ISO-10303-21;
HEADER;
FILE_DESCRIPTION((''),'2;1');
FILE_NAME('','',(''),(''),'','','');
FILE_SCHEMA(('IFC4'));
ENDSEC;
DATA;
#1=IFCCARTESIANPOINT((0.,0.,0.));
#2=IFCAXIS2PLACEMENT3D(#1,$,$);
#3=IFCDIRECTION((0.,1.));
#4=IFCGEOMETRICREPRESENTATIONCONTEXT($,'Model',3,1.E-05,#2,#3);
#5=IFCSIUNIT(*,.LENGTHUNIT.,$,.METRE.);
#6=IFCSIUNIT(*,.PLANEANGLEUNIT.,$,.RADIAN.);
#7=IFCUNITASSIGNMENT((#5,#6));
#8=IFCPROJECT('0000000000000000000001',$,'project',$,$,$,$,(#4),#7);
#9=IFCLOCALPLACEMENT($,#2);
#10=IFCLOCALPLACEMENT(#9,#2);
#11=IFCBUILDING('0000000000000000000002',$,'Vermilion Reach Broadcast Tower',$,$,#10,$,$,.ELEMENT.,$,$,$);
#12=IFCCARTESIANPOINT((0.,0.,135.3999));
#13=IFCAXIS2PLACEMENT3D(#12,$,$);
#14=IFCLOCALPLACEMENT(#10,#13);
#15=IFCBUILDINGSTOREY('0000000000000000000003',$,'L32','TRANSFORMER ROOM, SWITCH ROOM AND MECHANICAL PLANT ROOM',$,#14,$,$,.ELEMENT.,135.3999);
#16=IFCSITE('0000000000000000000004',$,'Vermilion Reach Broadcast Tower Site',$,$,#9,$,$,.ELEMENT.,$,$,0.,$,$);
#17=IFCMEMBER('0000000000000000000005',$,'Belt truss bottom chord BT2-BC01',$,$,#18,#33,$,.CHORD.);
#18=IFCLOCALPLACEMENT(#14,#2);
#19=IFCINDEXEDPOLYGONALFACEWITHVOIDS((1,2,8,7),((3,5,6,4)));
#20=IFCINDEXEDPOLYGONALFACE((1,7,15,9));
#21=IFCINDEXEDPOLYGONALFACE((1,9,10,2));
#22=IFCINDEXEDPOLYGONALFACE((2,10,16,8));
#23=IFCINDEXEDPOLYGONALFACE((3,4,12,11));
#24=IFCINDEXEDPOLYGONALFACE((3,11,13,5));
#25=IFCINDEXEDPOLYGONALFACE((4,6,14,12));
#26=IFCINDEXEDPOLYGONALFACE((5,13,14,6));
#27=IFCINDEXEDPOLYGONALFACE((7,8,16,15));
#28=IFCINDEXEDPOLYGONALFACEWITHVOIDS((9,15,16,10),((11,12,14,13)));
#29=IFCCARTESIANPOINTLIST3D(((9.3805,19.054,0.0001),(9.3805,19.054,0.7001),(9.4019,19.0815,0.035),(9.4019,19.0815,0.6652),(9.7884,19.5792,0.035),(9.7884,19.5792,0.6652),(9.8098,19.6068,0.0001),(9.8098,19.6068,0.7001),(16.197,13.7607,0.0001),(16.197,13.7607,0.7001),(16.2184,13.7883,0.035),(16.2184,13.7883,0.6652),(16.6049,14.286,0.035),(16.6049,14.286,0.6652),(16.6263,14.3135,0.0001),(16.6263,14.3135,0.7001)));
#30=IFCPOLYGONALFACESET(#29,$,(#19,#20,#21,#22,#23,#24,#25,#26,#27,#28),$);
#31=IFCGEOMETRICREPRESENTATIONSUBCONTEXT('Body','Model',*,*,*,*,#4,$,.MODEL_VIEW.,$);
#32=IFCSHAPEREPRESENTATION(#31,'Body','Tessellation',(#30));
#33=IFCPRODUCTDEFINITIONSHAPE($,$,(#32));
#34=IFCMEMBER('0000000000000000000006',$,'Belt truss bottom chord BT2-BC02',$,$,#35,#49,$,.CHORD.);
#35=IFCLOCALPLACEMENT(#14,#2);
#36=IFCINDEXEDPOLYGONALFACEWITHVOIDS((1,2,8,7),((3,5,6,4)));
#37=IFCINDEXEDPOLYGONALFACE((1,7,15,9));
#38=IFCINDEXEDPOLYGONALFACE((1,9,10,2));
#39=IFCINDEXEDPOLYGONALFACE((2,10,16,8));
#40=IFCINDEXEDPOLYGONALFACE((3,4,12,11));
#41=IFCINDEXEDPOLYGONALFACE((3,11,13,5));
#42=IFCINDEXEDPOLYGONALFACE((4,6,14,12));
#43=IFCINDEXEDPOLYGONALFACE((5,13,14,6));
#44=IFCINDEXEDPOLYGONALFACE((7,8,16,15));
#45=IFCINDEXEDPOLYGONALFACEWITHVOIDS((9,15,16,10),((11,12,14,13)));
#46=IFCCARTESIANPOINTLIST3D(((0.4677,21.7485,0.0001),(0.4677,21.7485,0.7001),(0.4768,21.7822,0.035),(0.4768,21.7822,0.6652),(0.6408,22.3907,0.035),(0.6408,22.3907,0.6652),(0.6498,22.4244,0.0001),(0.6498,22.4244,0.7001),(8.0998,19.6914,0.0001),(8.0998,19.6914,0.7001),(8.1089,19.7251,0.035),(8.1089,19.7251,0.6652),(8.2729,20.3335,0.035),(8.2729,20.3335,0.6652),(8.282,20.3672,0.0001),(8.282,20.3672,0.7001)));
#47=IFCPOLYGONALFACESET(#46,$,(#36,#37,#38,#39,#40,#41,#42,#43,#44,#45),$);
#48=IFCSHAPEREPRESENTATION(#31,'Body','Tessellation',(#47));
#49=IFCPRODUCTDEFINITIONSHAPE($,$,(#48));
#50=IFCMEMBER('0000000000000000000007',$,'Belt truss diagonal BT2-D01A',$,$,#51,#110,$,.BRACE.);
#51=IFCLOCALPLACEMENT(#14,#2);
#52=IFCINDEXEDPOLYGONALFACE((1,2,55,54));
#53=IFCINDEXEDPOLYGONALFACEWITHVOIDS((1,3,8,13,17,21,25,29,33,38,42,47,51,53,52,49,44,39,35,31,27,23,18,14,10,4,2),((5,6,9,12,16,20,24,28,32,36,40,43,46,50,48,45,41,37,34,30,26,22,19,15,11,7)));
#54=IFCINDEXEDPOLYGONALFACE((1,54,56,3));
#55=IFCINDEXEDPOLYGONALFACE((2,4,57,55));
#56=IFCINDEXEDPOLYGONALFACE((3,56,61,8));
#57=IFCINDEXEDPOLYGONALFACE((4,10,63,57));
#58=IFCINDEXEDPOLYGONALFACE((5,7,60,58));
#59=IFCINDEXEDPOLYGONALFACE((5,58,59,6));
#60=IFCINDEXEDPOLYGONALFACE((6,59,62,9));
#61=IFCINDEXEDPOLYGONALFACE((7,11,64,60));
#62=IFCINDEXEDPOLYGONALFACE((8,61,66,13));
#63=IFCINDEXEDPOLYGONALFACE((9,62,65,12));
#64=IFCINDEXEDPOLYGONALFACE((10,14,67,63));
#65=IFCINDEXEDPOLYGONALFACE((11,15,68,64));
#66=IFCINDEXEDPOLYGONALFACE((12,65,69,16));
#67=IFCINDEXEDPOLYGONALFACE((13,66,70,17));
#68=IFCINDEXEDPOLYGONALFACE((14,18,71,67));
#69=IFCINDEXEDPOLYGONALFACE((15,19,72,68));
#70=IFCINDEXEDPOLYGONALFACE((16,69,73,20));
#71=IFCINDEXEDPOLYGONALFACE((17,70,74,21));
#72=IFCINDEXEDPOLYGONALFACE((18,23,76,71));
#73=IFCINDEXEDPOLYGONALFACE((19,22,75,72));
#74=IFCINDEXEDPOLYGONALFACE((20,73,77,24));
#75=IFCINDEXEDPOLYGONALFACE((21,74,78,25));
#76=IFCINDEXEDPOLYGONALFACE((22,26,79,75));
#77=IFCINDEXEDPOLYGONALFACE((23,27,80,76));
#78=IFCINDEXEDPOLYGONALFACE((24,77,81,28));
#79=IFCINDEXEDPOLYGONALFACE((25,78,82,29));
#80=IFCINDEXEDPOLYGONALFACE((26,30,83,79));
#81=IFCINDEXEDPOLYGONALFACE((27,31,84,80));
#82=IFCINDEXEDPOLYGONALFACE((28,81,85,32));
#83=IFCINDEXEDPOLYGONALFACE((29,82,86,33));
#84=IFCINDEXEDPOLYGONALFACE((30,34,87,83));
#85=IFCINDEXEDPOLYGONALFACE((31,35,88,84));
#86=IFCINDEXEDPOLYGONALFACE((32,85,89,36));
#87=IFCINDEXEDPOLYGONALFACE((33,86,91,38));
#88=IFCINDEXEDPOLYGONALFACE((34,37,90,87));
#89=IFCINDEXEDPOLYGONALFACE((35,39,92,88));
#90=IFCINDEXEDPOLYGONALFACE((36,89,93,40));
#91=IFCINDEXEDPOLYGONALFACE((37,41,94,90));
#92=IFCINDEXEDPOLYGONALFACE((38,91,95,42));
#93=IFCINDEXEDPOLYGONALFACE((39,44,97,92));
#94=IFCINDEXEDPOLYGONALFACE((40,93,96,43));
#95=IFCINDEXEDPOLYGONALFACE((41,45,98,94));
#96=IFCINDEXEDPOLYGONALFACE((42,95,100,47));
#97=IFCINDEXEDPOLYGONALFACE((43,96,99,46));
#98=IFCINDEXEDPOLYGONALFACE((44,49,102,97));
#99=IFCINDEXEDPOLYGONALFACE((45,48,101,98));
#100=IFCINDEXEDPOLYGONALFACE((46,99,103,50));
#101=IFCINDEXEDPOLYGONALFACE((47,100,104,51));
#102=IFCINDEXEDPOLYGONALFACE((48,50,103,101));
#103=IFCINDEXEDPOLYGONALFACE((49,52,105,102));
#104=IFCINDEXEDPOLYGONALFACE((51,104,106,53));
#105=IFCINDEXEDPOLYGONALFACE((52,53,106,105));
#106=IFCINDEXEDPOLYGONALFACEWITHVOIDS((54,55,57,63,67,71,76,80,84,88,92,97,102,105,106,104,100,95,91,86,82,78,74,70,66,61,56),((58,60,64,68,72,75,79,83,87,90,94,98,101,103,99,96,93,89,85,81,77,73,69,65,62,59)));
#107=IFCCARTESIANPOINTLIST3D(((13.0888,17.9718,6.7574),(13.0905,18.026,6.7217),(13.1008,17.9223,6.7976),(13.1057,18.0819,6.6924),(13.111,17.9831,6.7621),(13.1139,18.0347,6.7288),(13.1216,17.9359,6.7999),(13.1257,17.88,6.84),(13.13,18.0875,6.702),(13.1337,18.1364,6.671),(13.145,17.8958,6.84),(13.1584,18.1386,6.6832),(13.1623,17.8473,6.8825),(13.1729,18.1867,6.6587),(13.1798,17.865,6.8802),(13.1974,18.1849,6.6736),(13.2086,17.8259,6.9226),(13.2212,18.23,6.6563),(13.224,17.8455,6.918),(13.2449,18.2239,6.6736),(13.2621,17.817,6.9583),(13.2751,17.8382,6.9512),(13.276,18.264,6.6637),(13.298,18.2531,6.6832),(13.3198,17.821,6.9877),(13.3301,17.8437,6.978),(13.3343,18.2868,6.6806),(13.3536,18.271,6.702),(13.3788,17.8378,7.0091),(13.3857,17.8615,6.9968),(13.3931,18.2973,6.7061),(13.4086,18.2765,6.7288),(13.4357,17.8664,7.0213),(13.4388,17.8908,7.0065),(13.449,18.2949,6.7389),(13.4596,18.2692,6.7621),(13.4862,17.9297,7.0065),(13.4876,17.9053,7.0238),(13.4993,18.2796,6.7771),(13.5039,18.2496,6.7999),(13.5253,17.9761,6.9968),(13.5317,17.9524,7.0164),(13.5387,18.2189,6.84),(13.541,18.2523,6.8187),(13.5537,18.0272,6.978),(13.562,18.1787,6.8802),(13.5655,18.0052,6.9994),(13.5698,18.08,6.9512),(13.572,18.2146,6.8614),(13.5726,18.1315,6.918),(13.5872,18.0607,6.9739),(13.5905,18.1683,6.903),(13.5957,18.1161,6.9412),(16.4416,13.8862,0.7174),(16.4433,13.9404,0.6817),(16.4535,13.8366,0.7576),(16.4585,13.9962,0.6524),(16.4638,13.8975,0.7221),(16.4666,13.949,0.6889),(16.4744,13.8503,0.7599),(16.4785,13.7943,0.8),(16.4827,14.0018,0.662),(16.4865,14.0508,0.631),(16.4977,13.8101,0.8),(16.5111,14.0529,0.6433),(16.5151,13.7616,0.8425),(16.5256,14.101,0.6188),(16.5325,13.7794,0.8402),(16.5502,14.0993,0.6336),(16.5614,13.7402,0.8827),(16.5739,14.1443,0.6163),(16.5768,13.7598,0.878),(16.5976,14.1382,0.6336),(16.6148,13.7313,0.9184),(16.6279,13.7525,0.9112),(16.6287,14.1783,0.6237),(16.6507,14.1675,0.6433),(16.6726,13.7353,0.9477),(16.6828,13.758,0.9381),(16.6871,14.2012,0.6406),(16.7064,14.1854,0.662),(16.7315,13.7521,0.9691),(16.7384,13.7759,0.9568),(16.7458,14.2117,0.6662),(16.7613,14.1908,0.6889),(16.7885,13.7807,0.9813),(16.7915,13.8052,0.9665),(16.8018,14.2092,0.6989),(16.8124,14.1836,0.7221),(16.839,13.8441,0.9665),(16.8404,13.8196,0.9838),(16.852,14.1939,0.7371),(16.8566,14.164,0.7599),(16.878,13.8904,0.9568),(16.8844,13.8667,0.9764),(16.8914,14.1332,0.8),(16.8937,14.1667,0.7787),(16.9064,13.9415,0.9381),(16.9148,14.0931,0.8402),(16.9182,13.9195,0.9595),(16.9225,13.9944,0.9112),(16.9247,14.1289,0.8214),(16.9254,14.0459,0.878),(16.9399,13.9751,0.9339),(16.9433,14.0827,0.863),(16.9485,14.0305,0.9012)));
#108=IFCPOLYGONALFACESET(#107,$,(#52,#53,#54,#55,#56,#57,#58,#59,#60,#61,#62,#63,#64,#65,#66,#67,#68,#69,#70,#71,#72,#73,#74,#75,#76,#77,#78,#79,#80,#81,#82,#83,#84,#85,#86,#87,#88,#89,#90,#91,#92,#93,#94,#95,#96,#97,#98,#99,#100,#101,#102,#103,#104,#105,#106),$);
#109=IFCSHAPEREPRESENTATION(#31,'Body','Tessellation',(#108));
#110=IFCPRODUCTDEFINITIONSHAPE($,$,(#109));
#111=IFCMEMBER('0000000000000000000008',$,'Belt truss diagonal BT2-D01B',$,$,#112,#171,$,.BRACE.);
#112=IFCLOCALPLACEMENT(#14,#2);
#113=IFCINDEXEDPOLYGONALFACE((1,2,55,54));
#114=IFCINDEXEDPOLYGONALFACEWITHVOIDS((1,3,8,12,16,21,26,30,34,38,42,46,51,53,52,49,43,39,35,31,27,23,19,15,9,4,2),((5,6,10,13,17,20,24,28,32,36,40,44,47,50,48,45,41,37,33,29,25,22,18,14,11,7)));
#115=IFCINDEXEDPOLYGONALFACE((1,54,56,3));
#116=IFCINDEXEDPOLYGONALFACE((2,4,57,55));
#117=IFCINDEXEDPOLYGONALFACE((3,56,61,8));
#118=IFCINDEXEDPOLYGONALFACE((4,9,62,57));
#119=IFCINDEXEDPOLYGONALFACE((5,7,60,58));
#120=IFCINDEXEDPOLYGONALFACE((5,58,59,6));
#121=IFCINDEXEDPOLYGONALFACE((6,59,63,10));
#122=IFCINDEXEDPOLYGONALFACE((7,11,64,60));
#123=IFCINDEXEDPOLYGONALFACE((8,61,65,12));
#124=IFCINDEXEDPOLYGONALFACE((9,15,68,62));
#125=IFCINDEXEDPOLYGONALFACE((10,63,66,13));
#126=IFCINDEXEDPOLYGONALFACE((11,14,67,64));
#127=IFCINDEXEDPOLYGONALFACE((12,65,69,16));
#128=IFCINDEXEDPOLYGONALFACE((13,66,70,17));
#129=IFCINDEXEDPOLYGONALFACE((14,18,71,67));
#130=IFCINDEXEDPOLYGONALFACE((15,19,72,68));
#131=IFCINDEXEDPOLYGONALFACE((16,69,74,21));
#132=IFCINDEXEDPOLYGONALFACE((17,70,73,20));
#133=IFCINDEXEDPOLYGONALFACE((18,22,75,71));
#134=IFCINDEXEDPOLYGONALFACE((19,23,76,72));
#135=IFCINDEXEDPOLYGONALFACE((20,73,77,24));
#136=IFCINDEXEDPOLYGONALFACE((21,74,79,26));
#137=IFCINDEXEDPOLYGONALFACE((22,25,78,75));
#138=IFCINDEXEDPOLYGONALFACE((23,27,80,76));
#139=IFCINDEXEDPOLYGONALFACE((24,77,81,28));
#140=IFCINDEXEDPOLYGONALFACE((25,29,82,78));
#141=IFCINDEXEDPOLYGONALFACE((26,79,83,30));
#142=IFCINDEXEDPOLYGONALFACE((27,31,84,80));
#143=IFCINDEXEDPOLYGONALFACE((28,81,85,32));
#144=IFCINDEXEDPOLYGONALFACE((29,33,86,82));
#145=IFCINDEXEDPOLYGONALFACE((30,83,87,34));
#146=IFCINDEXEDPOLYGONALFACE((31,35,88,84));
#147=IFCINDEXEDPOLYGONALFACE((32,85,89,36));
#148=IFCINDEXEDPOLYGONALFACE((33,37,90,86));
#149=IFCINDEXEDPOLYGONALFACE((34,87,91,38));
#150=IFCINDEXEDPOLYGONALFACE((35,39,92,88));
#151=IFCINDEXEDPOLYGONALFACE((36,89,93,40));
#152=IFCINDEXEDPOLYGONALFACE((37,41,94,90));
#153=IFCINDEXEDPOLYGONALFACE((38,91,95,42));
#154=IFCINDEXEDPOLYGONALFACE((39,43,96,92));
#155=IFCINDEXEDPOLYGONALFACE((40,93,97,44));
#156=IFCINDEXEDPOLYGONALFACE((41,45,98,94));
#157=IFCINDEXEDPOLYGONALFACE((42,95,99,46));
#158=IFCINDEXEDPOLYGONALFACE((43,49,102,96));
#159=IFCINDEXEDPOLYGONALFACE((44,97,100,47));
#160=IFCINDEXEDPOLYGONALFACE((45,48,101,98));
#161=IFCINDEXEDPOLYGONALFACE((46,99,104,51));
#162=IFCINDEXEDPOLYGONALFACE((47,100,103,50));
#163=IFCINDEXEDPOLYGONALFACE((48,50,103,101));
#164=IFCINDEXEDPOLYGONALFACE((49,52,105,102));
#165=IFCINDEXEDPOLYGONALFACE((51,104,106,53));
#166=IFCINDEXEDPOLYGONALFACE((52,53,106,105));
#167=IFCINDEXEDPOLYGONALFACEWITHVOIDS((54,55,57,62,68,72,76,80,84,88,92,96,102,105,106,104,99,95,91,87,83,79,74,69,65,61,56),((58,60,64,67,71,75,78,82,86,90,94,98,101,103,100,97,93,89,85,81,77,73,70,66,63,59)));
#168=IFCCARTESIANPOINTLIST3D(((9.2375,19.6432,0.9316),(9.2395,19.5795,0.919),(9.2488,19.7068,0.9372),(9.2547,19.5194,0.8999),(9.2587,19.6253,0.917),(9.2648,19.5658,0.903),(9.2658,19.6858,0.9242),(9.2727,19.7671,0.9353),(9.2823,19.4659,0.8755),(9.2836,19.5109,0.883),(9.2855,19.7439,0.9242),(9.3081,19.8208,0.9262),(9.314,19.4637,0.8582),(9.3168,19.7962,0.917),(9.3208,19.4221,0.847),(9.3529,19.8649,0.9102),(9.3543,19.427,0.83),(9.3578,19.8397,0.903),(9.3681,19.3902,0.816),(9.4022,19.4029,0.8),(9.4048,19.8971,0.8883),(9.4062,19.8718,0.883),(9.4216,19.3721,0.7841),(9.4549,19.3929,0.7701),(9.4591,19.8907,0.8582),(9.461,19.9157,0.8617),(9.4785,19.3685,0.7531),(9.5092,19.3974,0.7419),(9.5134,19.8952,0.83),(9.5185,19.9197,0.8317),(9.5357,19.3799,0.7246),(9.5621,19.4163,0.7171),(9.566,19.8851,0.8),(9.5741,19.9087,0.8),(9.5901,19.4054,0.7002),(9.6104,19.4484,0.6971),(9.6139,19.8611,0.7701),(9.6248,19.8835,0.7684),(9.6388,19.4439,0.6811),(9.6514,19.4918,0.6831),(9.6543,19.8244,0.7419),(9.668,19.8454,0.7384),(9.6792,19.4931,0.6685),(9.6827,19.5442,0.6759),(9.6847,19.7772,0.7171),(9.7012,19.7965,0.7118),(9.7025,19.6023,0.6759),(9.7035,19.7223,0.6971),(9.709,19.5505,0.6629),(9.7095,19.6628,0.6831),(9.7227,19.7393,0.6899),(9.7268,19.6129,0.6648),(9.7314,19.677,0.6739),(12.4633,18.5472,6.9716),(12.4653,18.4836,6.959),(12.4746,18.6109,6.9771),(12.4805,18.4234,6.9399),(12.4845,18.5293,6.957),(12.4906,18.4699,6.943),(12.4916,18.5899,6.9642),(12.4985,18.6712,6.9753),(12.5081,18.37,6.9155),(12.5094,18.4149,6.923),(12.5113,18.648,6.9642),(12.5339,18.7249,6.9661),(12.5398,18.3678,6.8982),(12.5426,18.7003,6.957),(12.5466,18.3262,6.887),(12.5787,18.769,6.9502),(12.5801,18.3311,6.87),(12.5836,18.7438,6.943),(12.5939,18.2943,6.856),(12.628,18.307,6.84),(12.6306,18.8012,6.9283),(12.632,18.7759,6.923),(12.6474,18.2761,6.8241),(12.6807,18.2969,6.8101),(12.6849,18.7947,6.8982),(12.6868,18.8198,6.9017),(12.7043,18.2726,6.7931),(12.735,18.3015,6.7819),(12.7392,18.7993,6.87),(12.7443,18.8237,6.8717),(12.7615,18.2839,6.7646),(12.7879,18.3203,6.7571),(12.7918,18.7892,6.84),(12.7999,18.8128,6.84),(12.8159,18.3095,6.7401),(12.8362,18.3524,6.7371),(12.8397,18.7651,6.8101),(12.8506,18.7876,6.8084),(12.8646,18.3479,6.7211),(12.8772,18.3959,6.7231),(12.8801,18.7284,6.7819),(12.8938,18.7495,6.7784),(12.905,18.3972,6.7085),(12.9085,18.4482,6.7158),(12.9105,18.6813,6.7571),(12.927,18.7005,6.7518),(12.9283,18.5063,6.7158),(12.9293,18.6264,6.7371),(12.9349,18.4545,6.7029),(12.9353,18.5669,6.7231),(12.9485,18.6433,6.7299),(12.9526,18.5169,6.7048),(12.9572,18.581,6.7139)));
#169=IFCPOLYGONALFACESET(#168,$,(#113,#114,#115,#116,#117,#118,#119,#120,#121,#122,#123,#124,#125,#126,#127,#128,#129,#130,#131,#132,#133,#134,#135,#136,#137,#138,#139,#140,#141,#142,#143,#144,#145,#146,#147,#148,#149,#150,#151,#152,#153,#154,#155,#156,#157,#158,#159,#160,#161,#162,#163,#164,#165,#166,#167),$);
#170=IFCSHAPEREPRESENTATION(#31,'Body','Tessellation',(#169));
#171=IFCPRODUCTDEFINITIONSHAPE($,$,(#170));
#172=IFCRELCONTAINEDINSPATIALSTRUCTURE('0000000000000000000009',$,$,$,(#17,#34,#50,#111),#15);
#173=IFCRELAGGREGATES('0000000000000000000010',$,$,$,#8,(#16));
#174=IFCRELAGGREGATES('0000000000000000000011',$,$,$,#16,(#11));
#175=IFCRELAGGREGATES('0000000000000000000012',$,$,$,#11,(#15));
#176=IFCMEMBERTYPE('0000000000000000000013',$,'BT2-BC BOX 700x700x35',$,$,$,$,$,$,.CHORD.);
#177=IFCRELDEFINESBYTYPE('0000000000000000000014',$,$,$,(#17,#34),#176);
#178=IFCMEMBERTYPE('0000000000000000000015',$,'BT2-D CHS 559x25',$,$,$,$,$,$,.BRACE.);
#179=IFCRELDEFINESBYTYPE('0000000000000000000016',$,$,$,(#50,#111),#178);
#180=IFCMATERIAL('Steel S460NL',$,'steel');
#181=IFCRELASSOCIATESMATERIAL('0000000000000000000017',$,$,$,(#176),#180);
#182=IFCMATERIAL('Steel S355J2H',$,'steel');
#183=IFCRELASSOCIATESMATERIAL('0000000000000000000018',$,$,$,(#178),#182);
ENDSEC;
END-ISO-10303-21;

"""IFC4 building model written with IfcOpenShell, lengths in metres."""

from ifc_helpers import new_model, si_unit, direction, frame, origin, origin_2d, place, context, subcontext, project, spatial, hollow_rectangle, hollow_circle, extrude, material, material_profile, profile_set, type_object, element, save


model = new_model("IFC4")

# Units and contexts
model_context = context("Model", 3, precision=1e-05, world=origin(), true_north=direction((0.0, 1.0)))
body_context = subcontext(model_context, "Body", "Model", "MODEL_VIEW")
ifc_project = project(units=[si_unit("LENGTHUNIT", "METRE"), si_unit("PLANEANGLEUNIT", "RADIAN")], contexts=[model_context])

# Site, building, storey
site_placement = place(None, origin())
site = spatial("IfcSite", under=ifc_project, at=site_placement, Name="Vermilion Reach Broadcast Tower Site", CompositionType="ELEMENT", RefElevation=0.0)
building_placement = place(site_placement, origin())
building = spatial("IfcBuilding", under=site, at=building_placement, Name="Vermilion Reach Broadcast Tower", CompositionType="ELEMENT")
storey_placement = place(building_placement, frame((0.0, 0.0, 135.3999)))
storey = spatial("IfcBuildingStorey", under=building, at=storey_placement, Name="L32", Description="TRANSFORMER ROOM, SWITCH ROOM AND MECHANICAL PLANT ROOM", CompositionType="ELEMENT", Elevation=135.3999)

# Members
ifc_material_1 = material(Name="Steel S460NL", Category="steel")
ifc_material_profile_1 = material_profile(ifc_material_1, hollow_rectangle(XDim=0.7, YDim=0.7, WallThickness=0.0349, at=origin_2d()), Name="S460NL BOX 700x700x35")
ifc_profile_set_1 = profile_set([ifc_material_profile_1], Name="Steel S460NL")
member_type_1 = type_object("IfcMemberType", Name="BT2-BC BOX 700x700x35", PredefinedType="CHORD", material=ifc_profile_set_1)
member_1_placement = place(storey_placement, frame((16.4116, 14.0371, 0.3501), z_axis=(-0.789826, 0.613331, 0.0), x_axis=(-0.613331, -0.789826, 0.0)))
element("IfcMember", 1, at=member_1_placement, inside=storey, type_object=member_type_1, Name="Belt truss bottom chord BT2-BC01", PredefinedType="CHORD", context=body_context, shape_type="SweptSolid", body=[
    extrude(hollow_rectangle(XDim=0.7, YDim=0.7, WallThickness=0.0349, at=origin_2d()), origin(), (0.0, 0.0, 1.0), 8.6304),
])
member_2_placement = place(storey_placement, frame((8.1909, 20.0293, 0.3501), z_axis=(-0.965541, 0.260249, 0.0), x_axis=(-0.260249, -0.965541, 0.0)))
element("IfcMember", 2, at=member_2_placement, inside=storey, type_object=member_type_1, Name="Belt truss bottom chord BT2-BC02", PredefinedType="CHORD", context=body_context, shape_type="SweptSolid", body=[
    extrude(hollow_rectangle(XDim=0.7, YDim=0.7, WallThickness=0.0349, at=origin_2d()), origin(), (0.0, 0.0, 1.0), 7.9045),
])
ifc_material_2 = material(Name="Steel S355J2H", Category="steel")
ifc_material_profile_2 = material_profile(ifc_material_2, hollow_circle(Radius=0.2795, WallThickness=0.0249, at=origin_2d()), Name="S355J2H CHS 559x25")
ifc_profile_set_2 = profile_set([ifc_material_profile_2], Name="Steel S355J2H")
member_type_2 = type_object("IfcMemberType", Name="BT2-D CHS 559x25", PredefinedType="BRACE", material=ifc_profile_set_2)
member_3_placement = place(storey_placement, frame((16.6946, 13.9717, 0.8), z_axis=(-0.417742, 0.509059, 0.752562), x_axis=(-0.773034, -0.634364, 0.0)))
element("IfcMember", 3, at=member_3_placement, inside=storey, type_object=member_type_2, Name="Belt truss diagonal BT2-D01A", PredefinedType="BRACE", context=body_context, shape_type="SweptSolid", body=[
    extrude(hollow_circle(Radius=0.2795, WallThickness=0.0249, at=origin_2d()), origin(), (0.0, 0.0, 1.0), 8.0259),
])
member_4_placement = place(storey_placement, frame((9.4841, 19.644, 0.8), z_axis=(0.465177, -0.15804, 0.870996), x_axis=(0.321683, 0.946847, 0.0)))
element("IfcMember", 4, at=member_4_placement, inside=storey, type_object=member_type_2, Name="Belt truss diagonal BT2-D01B", PredefinedType="BRACE", context=body_context, shape_type="SweptSolid", body=[
    extrude(hollow_circle(Radius=0.2795, WallThickness=0.0249, at=origin_2d()), origin(), (0.0, 0.0, 1.0), 6.9346),
])

save(model, "model.ifc")
